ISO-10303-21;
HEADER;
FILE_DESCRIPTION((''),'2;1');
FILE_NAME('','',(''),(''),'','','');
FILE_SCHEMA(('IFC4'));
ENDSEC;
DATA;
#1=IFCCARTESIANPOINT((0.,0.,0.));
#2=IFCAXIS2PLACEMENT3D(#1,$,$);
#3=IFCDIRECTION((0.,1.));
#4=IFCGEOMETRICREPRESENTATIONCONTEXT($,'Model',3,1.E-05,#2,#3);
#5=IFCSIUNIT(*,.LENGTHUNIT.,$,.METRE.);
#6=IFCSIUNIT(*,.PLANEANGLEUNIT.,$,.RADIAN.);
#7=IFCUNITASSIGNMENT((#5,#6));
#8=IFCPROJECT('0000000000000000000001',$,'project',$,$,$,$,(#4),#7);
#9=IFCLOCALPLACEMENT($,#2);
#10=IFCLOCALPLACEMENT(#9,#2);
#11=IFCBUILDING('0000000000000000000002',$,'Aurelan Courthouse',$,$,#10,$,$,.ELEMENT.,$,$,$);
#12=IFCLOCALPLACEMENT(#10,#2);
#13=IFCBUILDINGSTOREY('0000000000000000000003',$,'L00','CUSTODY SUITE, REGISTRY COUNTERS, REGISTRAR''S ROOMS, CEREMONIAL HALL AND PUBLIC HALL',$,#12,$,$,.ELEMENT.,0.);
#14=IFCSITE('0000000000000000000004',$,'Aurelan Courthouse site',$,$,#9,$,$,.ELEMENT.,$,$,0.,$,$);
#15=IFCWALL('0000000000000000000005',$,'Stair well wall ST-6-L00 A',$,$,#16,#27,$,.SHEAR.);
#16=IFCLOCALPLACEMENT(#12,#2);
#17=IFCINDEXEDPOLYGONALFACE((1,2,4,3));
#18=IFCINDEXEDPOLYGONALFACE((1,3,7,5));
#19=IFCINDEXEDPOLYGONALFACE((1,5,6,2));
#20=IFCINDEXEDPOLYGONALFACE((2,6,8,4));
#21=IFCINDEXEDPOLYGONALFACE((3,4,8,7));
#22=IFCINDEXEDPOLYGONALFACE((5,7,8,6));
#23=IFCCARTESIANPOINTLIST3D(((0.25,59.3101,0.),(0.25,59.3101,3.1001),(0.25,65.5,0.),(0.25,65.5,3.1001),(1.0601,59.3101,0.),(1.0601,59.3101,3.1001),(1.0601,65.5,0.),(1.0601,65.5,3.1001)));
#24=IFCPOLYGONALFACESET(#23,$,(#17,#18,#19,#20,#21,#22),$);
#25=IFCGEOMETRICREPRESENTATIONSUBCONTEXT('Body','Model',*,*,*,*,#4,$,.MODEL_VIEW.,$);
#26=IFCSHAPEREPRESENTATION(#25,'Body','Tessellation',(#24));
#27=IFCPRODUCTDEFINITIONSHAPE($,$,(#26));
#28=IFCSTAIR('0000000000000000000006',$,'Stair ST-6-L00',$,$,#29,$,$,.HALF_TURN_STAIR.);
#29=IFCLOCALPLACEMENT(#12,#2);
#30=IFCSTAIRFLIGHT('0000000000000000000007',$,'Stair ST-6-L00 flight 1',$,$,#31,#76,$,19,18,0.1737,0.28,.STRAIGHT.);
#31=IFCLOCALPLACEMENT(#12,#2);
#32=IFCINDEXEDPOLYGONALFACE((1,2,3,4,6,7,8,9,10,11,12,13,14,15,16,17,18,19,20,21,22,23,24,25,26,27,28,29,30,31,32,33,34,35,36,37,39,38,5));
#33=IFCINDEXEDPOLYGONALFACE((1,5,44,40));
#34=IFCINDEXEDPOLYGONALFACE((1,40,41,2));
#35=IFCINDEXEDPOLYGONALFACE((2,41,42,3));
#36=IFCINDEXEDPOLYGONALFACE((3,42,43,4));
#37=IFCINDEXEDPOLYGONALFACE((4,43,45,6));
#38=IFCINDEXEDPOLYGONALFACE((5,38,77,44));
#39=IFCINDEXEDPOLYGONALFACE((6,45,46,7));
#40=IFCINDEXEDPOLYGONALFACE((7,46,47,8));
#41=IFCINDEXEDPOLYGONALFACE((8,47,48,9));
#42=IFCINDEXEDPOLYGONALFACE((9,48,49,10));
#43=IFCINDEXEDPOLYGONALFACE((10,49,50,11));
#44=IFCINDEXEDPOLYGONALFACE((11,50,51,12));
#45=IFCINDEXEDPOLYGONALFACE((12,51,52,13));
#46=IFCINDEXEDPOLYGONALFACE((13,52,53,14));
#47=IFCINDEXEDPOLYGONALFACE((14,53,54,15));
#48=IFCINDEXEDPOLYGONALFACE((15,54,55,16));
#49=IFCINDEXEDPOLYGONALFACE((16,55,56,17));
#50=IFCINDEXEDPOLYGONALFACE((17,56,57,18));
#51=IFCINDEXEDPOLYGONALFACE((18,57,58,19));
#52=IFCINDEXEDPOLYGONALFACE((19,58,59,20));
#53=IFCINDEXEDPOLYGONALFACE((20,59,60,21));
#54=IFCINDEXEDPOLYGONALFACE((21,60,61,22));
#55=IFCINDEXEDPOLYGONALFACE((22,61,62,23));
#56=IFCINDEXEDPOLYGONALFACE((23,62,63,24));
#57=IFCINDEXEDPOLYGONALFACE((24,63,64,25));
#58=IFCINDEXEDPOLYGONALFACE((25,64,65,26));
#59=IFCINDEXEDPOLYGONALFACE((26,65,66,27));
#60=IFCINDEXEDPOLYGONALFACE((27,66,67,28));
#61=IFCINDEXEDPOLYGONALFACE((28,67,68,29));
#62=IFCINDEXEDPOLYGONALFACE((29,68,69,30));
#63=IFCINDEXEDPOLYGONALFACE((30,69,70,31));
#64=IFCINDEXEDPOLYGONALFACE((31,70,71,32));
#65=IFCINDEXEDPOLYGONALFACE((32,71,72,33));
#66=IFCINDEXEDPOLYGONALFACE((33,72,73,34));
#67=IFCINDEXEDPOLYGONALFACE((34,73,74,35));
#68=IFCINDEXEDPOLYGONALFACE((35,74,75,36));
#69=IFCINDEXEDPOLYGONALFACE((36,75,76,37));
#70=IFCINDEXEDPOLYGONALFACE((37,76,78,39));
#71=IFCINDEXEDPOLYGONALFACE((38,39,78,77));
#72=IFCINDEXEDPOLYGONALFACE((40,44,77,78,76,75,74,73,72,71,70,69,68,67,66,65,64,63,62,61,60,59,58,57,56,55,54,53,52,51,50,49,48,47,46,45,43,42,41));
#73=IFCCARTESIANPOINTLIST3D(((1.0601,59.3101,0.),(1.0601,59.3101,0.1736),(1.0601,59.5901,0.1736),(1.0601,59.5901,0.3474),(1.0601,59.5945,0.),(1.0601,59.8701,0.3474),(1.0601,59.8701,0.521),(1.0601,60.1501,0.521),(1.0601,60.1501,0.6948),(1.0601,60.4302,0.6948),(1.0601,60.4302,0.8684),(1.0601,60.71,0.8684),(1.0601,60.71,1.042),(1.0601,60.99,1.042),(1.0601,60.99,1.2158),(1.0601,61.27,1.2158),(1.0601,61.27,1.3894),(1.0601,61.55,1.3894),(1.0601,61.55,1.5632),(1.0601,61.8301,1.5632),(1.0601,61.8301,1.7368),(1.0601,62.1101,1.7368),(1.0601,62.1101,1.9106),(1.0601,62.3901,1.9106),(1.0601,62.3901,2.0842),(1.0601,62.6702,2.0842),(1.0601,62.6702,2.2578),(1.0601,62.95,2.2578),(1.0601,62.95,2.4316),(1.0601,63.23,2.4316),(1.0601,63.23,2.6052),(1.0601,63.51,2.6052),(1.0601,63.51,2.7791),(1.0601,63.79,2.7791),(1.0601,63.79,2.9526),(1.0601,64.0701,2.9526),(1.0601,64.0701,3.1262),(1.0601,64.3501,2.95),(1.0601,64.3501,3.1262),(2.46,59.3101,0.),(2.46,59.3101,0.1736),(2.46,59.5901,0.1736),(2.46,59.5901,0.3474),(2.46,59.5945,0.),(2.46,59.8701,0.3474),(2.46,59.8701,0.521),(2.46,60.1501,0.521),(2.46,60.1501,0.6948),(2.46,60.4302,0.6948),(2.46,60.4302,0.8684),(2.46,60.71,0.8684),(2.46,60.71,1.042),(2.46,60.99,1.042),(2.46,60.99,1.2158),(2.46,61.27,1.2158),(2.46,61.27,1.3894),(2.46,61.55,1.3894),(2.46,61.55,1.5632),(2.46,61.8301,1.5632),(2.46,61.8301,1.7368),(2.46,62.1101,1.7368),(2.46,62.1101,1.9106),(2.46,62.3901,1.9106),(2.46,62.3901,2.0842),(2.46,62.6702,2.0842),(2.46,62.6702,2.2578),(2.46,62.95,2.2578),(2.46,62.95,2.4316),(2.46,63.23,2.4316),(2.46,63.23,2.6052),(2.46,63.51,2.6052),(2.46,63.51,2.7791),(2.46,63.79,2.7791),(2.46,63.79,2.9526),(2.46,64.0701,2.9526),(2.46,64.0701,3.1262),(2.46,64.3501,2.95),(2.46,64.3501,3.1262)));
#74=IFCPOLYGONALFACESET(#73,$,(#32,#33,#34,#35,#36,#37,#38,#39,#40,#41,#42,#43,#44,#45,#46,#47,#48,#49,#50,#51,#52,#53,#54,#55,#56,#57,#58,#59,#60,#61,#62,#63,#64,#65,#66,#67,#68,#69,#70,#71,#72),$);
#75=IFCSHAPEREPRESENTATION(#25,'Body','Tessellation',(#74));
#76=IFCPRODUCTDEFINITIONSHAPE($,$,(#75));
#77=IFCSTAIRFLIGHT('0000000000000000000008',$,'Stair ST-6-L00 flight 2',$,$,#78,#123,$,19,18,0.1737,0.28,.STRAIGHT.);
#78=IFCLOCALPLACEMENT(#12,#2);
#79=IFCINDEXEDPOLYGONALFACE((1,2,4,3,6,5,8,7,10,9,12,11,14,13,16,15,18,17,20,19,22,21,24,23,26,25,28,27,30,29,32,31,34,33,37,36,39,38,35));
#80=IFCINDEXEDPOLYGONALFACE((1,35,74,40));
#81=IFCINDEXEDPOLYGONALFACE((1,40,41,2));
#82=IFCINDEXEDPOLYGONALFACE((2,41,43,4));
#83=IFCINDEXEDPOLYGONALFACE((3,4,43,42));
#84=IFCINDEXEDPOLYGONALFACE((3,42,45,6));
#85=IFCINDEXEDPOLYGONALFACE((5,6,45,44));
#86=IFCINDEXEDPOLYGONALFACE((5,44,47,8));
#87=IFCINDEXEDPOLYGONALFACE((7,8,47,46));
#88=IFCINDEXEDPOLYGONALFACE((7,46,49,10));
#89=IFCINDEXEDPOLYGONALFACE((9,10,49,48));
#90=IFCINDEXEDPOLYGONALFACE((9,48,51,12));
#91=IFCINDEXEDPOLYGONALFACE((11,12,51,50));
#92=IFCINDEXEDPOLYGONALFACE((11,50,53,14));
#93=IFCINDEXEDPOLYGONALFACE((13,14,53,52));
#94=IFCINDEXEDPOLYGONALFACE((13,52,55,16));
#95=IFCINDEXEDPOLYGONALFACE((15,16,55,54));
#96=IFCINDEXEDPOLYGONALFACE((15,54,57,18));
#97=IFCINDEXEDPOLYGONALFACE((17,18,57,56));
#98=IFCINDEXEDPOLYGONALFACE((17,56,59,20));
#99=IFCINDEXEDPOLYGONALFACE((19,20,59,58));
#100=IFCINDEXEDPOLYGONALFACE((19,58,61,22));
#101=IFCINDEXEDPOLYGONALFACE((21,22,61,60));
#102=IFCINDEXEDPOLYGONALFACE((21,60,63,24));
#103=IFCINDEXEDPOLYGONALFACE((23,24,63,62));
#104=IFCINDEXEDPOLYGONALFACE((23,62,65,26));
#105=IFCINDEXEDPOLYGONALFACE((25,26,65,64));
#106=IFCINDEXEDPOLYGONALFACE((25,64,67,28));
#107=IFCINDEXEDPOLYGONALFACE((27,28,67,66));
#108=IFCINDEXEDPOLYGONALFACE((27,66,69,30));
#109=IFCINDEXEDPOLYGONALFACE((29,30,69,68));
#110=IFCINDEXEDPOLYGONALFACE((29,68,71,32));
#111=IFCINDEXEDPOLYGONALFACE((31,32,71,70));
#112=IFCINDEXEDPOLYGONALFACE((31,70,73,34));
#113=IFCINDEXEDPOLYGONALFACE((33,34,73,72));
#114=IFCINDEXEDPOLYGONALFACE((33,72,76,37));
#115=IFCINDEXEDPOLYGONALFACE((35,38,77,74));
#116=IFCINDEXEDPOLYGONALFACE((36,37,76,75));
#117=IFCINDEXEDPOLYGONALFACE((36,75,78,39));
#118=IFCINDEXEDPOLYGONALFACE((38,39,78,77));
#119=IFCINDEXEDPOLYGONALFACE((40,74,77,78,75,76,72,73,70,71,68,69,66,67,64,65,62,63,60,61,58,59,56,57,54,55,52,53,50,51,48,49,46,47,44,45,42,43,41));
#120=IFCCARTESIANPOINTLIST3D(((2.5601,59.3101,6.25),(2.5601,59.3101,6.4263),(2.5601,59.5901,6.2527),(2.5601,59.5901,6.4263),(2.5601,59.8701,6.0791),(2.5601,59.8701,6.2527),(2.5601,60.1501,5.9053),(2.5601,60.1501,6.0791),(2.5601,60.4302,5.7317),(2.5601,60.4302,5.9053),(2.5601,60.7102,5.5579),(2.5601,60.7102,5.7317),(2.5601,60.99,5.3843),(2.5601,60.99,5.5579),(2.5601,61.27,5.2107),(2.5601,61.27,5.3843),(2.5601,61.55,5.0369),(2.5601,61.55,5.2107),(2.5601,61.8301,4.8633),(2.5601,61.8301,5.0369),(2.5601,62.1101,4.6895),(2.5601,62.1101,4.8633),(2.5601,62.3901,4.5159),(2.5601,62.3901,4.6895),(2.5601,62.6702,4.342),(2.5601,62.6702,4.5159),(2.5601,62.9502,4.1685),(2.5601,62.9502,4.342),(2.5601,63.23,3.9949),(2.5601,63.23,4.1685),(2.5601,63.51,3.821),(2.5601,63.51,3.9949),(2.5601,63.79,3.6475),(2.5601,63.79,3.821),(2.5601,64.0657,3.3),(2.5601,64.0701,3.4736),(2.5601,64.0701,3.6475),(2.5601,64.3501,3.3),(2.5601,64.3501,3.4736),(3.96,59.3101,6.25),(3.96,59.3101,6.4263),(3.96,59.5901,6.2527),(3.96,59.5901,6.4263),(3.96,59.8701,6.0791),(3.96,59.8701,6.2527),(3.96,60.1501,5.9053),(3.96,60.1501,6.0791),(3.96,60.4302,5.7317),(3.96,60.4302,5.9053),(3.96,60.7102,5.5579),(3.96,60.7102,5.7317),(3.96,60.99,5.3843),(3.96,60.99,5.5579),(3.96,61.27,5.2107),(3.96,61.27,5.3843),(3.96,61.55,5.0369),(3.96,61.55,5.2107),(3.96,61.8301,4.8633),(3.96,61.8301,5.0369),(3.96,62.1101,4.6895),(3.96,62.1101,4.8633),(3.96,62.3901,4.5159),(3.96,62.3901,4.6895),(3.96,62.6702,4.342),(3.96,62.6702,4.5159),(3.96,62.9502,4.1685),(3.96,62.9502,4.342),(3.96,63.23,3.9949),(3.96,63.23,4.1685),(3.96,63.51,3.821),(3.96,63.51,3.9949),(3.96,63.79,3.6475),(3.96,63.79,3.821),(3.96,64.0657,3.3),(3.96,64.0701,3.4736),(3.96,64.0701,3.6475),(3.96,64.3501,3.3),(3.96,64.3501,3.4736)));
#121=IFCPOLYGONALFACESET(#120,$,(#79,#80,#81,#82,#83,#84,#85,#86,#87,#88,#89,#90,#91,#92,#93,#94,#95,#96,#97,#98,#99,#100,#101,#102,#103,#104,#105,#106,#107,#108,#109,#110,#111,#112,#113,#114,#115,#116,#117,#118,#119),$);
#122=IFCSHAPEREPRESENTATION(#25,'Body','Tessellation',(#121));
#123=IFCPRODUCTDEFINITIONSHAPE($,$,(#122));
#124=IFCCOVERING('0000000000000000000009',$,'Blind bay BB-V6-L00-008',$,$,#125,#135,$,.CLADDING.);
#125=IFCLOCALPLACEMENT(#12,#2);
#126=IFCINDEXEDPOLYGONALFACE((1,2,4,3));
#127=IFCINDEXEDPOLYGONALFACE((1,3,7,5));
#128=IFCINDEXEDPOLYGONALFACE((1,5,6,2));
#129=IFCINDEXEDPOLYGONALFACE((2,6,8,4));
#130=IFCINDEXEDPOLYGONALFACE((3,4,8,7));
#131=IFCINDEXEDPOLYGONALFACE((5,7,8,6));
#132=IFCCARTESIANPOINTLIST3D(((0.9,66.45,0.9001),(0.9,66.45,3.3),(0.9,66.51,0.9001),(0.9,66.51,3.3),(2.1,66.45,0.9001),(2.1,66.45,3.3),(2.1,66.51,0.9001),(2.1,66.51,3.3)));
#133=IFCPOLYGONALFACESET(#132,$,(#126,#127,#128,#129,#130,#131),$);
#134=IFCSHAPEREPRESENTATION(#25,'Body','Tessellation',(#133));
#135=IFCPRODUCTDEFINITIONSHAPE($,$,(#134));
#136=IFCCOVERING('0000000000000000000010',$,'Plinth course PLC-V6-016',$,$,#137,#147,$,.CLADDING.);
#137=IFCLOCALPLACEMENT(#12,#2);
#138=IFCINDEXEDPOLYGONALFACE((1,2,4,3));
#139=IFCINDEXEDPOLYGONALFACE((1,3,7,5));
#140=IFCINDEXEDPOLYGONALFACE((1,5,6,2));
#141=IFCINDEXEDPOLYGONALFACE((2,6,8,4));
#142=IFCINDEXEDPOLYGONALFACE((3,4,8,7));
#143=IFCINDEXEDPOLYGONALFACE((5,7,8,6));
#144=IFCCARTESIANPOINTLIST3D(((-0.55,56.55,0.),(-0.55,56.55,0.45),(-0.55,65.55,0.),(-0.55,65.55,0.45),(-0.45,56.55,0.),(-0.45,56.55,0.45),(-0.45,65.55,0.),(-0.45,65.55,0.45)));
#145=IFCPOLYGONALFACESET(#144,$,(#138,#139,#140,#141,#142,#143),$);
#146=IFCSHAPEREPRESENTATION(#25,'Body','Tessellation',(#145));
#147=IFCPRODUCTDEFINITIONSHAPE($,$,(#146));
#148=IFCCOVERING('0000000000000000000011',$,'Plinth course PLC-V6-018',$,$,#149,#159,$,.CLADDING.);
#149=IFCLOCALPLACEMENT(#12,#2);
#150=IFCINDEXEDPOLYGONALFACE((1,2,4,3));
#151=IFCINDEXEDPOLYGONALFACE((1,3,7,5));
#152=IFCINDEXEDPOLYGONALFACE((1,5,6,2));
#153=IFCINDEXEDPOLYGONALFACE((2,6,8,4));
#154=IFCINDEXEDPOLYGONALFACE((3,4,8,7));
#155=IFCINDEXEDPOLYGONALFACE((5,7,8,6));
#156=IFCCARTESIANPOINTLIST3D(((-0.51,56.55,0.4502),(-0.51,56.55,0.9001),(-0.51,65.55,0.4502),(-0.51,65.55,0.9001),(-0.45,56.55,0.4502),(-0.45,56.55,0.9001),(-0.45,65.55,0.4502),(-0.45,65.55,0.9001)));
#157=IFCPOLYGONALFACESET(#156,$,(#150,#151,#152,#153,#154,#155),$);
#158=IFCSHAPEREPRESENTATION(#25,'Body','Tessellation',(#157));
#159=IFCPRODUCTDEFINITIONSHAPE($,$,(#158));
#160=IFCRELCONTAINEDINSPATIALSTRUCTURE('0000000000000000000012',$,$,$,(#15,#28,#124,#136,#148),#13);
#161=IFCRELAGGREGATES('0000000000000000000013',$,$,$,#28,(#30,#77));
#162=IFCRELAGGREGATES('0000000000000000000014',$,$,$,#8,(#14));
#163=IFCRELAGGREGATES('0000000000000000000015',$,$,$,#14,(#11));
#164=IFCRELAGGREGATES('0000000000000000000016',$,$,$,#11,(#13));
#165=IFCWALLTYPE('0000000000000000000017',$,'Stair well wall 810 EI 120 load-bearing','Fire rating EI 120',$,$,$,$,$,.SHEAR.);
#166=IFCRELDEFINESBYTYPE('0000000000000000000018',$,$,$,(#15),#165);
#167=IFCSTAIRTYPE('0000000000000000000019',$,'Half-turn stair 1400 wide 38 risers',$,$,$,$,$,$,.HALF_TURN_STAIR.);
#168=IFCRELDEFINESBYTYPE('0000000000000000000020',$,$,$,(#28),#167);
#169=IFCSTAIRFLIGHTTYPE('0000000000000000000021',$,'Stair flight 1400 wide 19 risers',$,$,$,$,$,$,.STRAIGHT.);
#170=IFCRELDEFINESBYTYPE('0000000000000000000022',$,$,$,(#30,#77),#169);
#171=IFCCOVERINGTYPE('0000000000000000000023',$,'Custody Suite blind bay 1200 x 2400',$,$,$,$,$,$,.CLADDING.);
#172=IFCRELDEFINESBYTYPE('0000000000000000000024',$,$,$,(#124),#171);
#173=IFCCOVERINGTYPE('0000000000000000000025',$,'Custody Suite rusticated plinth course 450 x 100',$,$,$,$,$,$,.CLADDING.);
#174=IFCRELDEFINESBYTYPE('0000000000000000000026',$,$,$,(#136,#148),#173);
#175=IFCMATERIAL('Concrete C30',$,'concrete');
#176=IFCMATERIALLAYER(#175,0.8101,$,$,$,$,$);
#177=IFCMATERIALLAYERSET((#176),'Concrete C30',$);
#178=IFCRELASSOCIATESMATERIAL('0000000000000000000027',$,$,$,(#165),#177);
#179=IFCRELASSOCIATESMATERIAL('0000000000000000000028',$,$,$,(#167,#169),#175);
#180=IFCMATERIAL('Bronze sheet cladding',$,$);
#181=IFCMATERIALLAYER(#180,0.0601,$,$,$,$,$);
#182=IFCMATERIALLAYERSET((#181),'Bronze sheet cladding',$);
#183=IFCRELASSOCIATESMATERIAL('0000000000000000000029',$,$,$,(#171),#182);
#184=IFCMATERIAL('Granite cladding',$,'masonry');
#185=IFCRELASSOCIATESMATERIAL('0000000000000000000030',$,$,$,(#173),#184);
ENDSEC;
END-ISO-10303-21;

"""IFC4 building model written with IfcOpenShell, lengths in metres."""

from ifc_helpers import new_model, si_unit, direction, frame, frame_2d, origin, origin_2d, place, context, subcontext, project, spatial, polyline, rectangle, outline, extrude, material, layer, layer_set, type_object, element, aggregate, save


model = new_model("IFC4")

# Units and contexts
model_context = context("Model", 3, precision=1e-05, world=origin(), true_north=direction((0.0, 1.0)))
body_context = subcontext(model_context, "Body", "Model", "MODEL_VIEW")
ifc_project = project(units=[si_unit("LENGTHUNIT", "METRE"), si_unit("PLANEANGLEUNIT", "RADIAN")], contexts=[model_context])

# Site, building, storey
site_placement = place(None, origin())
site = spatial("IfcSite", under=ifc_project, at=site_placement, Name="Aurelan Courthouse site", CompositionType="ELEMENT", RefElevation=0.0)
building_placement = place(site_placement, origin())
building = spatial("IfcBuilding", under=site, at=building_placement, Name="Aurelan Courthouse", CompositionType="ELEMENT")
storey_placement = place(building_placement, origin())
storey = spatial("IfcBuildingStorey", under=building, at=storey_placement, Name="L00", Description="CUSTODY SUITE, REGISTRY COUNTERS, REGISTRAR'S ROOMS, CEREMONIAL HALL AND PUBLIC HALL", CompositionType="ELEMENT", Elevation=0.0)

# Shared definitions
ifc_material_1 = material(Name="Granite cladding", Category="masonry")
ifc_material_2 = material(Name="Concrete C30", Category="concrete")

# Wall
ifc_layer_1 = layer(ifc_material_2, 0.8101)
ifc_layer_set_1 = layer_set([ifc_layer_1], Name="Concrete C30")
wall_type_1 = type_object("IfcWallType", Name="Stair well wall 810 EI 120 load-bearing", Description="Fire rating EI 120", PredefinedType="SHEAR", material=ifc_layer_set_1)
wall_1_placement = place(storey_placement, frame((0.655, 59.3101, 0.0), z_axis=(0.0, 0.0, 1.0), x_axis=(0.0, 1.0, 0.0)))
element("IfcWall", 1, at=wall_1_placement, inside=storey, type_object=wall_type_1, Name="Stair well wall ST-6-L00 A", PredefinedType="SHEAR", context=body_context, shape_type="SweptSolid", body=[
    extrude(rectangle(XDim=6.1899, YDim=0.8101, at=frame_2d((3.095, 0.0))), origin(), (0.0, 0.0, 1.0), 3.1001),
])

# Stair, stair flights
stair_type = type_object("IfcStairType", Name="Half-turn stair 1400 wide 38 risers", PredefinedType="HALF_TURN_STAIR", material=ifc_material_2)
stair_placement = place(storey_placement, origin())
stair = element("IfcStair", 2, at=stair_placement, inside=storey, type_object=stair_type, Name="Stair ST-6-L00", PredefinedType="HALF_TURN_STAIR")
stair_flight_type = type_object("IfcStairFlightType", Name="Stair flight 1400 wide 19 risers", PredefinedType="STRAIGHT", material=ifc_material_2)
stair_flight_1_placement = place(storey_placement, frame((1.76, 59.3101, 0.0), z_axis=(0.0, 0.0, 1.0), x_axis=(0.0, 1.0, 0.0)))
stair_flight_1 = element("IfcStairFlight", 3, at=stair_flight_1_placement, type_object=stair_flight_type, Name="Stair ST-6-L00 flight 1", NumberOfRisers=19, NumberOfTreads=18, PredefinedType="STRAIGHT", RiserHeight=0.1737, TreadLength=0.28, context=body_context, shape_type="SweptSolid", body=[
    extrude(outline(polyline([(0.0, 0.0), (0.0, 0.1736), (0.28, 0.1736), (0.28, 0.3474), (0.5601, 0.3474), (0.5601, 0.521), (0.8401, 0.521), (0.8401, 0.6948), (1.1201, 0.6948), (1.1201, 0.8684), (1.3999, 0.8684), (1.3999, 1.042), (1.6799, 1.042), (1.6799, 1.2158), (1.96, 1.2158), (1.96, 1.3894), (2.24, 1.3894), (2.24, 1.5632), (2.52, 1.5632), (2.52, 1.7368), (2.8, 1.7368), (2.8, 1.9106), (3.0801, 1.9106), (3.0801, 2.0842), (3.3601, 2.0842), (3.3601, 2.2578), (3.6399, 2.2578), (3.6399, 2.4316), (3.9199, 2.4316), (3.9199, 2.6052), (4.2, 2.6052), (4.2, 2.7791), (4.48, 2.7791), (4.48, 2.9526), (4.76, 2.9526), (4.76, 3.1262), (5.04, 3.1262), (5.04, 3.3), (5.04, 2.95), (0.2844, 0.0), (0.0, 0.0)])), frame((0.0, 0.7, 0.0), z_axis=(0.0, -1.0, 0.0), x_axis=(1.0, 0.0, 0.0)), (0.0, 0.0, 1.0), 1.3999),
])
stair_flight_2_placement = place(storey_placement, frame((3.26, 64.3501, 3.3), z_axis=(0.0, 0.0, 1.0), x_axis=(0.0, -1.0, 0.0)))
stair_flight_2 = element("IfcStairFlight", 4, at=stair_flight_2_placement, type_object=stair_flight_type, Name="Stair ST-6-L00 flight 2", NumberOfRisers=19, NumberOfTreads=18, PredefinedType="STRAIGHT", RiserHeight=0.1737, TreadLength=0.28, context=body_context, shape_type="SweptSolid", body=[
    extrude(outline(polyline([(0.0, 0.0), (0.0, 0.1736), (0.28, 0.1736), (0.28, 0.3474), (0.5601, 0.3474), (0.5601, 0.521), (0.8401, 0.521), (0.8401, 0.6948), (1.1201, 0.6948), (1.1201, 0.8684), (1.3999, 0.8684), (1.3999, 1.042), (1.6799, 1.042), (1.6799, 1.2158), (1.96, 1.2158), (1.96, 1.3894), (2.24, 1.3894), (2.24, 1.5632), (2.52, 1.5632), (2.52, 1.7368), (2.8, 1.7368), (2.8, 1.9106), (3.0801, 1.9106), (3.0801, 2.0842), (3.3601, 2.0842), (3.3601, 2.2578), (3.6399, 2.2578), (3.6399, 2.4316), (3.9199, 2.4316), (3.9199, 2.6052), (4.2, 2.6052), (4.2, 2.7791), (4.48, 2.7791), (4.48, 2.9526), (4.76, 2.9526), (4.76, 3.1262), (5.04, 3.1262), (5.04, 3.3), (5.04, 2.95), (0.2844, 0.0), (0.0, 0.0)])), frame((0.0, 0.7, 0.0), z_axis=(0.0, -1.0, 0.0), x_axis=(1.0, 0.0, 0.0)), (0.0, 0.0, 1.0), 1.3999),
])
aggregate(stair, [stair_flight_1, stair_flight_2])

# Coverings
ifc_material_3 = material(Name="Bronze sheet cladding")
ifc_layer_2 = layer(ifc_material_3, 0.0601)
ifc_layer_set_2 = layer_set([ifc_layer_2], Name="Bronze sheet cladding")
covering_type_1 = type_object("IfcCoveringType", Name="Custody Suite blind bay 1200 x 2400", PredefinedType="CLADDING", material=ifc_layer_set_2)
covering_1_placement = place(storey_placement, frame((1.5, 66.48, 0.9001), z_axis=(0.0, 0.0, 1.0), x_axis=(1.0, 0.0, 0.0)))
element("IfcCovering", 5, at=covering_1_placement, inside=storey, type_object=covering_type_1, Name="Blind bay BB-V6-L00-008", PredefinedType="CLADDING", context=body_context, shape_type="SweptSolid", body=[
    extrude(rectangle(XDim=1.2, YDim=0.0601, at=origin_2d()), origin(), (0.0, 0.0, 1.0), 2.3999),
])
covering_type_2 = type_object("IfcCoveringType", Name="Custody Suite rusticated plinth course 450 x 100", PredefinedType="CLADDING", material=ifc_material_1)
covering_2_placement = place(storey_placement, frame((-0.5, 61.05, 0.0), z_axis=(0.0, 0.0, 1.0), x_axis=(1.0, 0.0, 0.0)))
element("IfcCovering", 6, at=covering_2_placement, inside=storey, type_object=covering_type_2, Name="Plinth course PLC-V6-016", PredefinedType="CLADDING", context=body_context, shape_type="SweptSolid", body=[
    extrude(rectangle(XDim=0.1001, YDim=9.0, at=origin_2d()), origin(), (0.0, 0.0, 1.0), 0.45),
])
covering_3_placement = place(storey_placement, frame((-0.48, 61.05, 0.4502), z_axis=(0.0, 0.0, 1.0), x_axis=(1.0, 0.0, 0.0)))
element("IfcCovering", 7, at=covering_3_placement, inside=storey, type_object=covering_type_2, Name="Plinth course PLC-V6-018", PredefinedType="CLADDING", context=body_context, shape_type="SweptSolid", body=[
    extrude(rectangle(XDim=0.0601, YDim=9.0, at=origin_2d()), origin(), (0.0, 0.0, 1.0), 0.45),
])

save(model, "model.ifc")
